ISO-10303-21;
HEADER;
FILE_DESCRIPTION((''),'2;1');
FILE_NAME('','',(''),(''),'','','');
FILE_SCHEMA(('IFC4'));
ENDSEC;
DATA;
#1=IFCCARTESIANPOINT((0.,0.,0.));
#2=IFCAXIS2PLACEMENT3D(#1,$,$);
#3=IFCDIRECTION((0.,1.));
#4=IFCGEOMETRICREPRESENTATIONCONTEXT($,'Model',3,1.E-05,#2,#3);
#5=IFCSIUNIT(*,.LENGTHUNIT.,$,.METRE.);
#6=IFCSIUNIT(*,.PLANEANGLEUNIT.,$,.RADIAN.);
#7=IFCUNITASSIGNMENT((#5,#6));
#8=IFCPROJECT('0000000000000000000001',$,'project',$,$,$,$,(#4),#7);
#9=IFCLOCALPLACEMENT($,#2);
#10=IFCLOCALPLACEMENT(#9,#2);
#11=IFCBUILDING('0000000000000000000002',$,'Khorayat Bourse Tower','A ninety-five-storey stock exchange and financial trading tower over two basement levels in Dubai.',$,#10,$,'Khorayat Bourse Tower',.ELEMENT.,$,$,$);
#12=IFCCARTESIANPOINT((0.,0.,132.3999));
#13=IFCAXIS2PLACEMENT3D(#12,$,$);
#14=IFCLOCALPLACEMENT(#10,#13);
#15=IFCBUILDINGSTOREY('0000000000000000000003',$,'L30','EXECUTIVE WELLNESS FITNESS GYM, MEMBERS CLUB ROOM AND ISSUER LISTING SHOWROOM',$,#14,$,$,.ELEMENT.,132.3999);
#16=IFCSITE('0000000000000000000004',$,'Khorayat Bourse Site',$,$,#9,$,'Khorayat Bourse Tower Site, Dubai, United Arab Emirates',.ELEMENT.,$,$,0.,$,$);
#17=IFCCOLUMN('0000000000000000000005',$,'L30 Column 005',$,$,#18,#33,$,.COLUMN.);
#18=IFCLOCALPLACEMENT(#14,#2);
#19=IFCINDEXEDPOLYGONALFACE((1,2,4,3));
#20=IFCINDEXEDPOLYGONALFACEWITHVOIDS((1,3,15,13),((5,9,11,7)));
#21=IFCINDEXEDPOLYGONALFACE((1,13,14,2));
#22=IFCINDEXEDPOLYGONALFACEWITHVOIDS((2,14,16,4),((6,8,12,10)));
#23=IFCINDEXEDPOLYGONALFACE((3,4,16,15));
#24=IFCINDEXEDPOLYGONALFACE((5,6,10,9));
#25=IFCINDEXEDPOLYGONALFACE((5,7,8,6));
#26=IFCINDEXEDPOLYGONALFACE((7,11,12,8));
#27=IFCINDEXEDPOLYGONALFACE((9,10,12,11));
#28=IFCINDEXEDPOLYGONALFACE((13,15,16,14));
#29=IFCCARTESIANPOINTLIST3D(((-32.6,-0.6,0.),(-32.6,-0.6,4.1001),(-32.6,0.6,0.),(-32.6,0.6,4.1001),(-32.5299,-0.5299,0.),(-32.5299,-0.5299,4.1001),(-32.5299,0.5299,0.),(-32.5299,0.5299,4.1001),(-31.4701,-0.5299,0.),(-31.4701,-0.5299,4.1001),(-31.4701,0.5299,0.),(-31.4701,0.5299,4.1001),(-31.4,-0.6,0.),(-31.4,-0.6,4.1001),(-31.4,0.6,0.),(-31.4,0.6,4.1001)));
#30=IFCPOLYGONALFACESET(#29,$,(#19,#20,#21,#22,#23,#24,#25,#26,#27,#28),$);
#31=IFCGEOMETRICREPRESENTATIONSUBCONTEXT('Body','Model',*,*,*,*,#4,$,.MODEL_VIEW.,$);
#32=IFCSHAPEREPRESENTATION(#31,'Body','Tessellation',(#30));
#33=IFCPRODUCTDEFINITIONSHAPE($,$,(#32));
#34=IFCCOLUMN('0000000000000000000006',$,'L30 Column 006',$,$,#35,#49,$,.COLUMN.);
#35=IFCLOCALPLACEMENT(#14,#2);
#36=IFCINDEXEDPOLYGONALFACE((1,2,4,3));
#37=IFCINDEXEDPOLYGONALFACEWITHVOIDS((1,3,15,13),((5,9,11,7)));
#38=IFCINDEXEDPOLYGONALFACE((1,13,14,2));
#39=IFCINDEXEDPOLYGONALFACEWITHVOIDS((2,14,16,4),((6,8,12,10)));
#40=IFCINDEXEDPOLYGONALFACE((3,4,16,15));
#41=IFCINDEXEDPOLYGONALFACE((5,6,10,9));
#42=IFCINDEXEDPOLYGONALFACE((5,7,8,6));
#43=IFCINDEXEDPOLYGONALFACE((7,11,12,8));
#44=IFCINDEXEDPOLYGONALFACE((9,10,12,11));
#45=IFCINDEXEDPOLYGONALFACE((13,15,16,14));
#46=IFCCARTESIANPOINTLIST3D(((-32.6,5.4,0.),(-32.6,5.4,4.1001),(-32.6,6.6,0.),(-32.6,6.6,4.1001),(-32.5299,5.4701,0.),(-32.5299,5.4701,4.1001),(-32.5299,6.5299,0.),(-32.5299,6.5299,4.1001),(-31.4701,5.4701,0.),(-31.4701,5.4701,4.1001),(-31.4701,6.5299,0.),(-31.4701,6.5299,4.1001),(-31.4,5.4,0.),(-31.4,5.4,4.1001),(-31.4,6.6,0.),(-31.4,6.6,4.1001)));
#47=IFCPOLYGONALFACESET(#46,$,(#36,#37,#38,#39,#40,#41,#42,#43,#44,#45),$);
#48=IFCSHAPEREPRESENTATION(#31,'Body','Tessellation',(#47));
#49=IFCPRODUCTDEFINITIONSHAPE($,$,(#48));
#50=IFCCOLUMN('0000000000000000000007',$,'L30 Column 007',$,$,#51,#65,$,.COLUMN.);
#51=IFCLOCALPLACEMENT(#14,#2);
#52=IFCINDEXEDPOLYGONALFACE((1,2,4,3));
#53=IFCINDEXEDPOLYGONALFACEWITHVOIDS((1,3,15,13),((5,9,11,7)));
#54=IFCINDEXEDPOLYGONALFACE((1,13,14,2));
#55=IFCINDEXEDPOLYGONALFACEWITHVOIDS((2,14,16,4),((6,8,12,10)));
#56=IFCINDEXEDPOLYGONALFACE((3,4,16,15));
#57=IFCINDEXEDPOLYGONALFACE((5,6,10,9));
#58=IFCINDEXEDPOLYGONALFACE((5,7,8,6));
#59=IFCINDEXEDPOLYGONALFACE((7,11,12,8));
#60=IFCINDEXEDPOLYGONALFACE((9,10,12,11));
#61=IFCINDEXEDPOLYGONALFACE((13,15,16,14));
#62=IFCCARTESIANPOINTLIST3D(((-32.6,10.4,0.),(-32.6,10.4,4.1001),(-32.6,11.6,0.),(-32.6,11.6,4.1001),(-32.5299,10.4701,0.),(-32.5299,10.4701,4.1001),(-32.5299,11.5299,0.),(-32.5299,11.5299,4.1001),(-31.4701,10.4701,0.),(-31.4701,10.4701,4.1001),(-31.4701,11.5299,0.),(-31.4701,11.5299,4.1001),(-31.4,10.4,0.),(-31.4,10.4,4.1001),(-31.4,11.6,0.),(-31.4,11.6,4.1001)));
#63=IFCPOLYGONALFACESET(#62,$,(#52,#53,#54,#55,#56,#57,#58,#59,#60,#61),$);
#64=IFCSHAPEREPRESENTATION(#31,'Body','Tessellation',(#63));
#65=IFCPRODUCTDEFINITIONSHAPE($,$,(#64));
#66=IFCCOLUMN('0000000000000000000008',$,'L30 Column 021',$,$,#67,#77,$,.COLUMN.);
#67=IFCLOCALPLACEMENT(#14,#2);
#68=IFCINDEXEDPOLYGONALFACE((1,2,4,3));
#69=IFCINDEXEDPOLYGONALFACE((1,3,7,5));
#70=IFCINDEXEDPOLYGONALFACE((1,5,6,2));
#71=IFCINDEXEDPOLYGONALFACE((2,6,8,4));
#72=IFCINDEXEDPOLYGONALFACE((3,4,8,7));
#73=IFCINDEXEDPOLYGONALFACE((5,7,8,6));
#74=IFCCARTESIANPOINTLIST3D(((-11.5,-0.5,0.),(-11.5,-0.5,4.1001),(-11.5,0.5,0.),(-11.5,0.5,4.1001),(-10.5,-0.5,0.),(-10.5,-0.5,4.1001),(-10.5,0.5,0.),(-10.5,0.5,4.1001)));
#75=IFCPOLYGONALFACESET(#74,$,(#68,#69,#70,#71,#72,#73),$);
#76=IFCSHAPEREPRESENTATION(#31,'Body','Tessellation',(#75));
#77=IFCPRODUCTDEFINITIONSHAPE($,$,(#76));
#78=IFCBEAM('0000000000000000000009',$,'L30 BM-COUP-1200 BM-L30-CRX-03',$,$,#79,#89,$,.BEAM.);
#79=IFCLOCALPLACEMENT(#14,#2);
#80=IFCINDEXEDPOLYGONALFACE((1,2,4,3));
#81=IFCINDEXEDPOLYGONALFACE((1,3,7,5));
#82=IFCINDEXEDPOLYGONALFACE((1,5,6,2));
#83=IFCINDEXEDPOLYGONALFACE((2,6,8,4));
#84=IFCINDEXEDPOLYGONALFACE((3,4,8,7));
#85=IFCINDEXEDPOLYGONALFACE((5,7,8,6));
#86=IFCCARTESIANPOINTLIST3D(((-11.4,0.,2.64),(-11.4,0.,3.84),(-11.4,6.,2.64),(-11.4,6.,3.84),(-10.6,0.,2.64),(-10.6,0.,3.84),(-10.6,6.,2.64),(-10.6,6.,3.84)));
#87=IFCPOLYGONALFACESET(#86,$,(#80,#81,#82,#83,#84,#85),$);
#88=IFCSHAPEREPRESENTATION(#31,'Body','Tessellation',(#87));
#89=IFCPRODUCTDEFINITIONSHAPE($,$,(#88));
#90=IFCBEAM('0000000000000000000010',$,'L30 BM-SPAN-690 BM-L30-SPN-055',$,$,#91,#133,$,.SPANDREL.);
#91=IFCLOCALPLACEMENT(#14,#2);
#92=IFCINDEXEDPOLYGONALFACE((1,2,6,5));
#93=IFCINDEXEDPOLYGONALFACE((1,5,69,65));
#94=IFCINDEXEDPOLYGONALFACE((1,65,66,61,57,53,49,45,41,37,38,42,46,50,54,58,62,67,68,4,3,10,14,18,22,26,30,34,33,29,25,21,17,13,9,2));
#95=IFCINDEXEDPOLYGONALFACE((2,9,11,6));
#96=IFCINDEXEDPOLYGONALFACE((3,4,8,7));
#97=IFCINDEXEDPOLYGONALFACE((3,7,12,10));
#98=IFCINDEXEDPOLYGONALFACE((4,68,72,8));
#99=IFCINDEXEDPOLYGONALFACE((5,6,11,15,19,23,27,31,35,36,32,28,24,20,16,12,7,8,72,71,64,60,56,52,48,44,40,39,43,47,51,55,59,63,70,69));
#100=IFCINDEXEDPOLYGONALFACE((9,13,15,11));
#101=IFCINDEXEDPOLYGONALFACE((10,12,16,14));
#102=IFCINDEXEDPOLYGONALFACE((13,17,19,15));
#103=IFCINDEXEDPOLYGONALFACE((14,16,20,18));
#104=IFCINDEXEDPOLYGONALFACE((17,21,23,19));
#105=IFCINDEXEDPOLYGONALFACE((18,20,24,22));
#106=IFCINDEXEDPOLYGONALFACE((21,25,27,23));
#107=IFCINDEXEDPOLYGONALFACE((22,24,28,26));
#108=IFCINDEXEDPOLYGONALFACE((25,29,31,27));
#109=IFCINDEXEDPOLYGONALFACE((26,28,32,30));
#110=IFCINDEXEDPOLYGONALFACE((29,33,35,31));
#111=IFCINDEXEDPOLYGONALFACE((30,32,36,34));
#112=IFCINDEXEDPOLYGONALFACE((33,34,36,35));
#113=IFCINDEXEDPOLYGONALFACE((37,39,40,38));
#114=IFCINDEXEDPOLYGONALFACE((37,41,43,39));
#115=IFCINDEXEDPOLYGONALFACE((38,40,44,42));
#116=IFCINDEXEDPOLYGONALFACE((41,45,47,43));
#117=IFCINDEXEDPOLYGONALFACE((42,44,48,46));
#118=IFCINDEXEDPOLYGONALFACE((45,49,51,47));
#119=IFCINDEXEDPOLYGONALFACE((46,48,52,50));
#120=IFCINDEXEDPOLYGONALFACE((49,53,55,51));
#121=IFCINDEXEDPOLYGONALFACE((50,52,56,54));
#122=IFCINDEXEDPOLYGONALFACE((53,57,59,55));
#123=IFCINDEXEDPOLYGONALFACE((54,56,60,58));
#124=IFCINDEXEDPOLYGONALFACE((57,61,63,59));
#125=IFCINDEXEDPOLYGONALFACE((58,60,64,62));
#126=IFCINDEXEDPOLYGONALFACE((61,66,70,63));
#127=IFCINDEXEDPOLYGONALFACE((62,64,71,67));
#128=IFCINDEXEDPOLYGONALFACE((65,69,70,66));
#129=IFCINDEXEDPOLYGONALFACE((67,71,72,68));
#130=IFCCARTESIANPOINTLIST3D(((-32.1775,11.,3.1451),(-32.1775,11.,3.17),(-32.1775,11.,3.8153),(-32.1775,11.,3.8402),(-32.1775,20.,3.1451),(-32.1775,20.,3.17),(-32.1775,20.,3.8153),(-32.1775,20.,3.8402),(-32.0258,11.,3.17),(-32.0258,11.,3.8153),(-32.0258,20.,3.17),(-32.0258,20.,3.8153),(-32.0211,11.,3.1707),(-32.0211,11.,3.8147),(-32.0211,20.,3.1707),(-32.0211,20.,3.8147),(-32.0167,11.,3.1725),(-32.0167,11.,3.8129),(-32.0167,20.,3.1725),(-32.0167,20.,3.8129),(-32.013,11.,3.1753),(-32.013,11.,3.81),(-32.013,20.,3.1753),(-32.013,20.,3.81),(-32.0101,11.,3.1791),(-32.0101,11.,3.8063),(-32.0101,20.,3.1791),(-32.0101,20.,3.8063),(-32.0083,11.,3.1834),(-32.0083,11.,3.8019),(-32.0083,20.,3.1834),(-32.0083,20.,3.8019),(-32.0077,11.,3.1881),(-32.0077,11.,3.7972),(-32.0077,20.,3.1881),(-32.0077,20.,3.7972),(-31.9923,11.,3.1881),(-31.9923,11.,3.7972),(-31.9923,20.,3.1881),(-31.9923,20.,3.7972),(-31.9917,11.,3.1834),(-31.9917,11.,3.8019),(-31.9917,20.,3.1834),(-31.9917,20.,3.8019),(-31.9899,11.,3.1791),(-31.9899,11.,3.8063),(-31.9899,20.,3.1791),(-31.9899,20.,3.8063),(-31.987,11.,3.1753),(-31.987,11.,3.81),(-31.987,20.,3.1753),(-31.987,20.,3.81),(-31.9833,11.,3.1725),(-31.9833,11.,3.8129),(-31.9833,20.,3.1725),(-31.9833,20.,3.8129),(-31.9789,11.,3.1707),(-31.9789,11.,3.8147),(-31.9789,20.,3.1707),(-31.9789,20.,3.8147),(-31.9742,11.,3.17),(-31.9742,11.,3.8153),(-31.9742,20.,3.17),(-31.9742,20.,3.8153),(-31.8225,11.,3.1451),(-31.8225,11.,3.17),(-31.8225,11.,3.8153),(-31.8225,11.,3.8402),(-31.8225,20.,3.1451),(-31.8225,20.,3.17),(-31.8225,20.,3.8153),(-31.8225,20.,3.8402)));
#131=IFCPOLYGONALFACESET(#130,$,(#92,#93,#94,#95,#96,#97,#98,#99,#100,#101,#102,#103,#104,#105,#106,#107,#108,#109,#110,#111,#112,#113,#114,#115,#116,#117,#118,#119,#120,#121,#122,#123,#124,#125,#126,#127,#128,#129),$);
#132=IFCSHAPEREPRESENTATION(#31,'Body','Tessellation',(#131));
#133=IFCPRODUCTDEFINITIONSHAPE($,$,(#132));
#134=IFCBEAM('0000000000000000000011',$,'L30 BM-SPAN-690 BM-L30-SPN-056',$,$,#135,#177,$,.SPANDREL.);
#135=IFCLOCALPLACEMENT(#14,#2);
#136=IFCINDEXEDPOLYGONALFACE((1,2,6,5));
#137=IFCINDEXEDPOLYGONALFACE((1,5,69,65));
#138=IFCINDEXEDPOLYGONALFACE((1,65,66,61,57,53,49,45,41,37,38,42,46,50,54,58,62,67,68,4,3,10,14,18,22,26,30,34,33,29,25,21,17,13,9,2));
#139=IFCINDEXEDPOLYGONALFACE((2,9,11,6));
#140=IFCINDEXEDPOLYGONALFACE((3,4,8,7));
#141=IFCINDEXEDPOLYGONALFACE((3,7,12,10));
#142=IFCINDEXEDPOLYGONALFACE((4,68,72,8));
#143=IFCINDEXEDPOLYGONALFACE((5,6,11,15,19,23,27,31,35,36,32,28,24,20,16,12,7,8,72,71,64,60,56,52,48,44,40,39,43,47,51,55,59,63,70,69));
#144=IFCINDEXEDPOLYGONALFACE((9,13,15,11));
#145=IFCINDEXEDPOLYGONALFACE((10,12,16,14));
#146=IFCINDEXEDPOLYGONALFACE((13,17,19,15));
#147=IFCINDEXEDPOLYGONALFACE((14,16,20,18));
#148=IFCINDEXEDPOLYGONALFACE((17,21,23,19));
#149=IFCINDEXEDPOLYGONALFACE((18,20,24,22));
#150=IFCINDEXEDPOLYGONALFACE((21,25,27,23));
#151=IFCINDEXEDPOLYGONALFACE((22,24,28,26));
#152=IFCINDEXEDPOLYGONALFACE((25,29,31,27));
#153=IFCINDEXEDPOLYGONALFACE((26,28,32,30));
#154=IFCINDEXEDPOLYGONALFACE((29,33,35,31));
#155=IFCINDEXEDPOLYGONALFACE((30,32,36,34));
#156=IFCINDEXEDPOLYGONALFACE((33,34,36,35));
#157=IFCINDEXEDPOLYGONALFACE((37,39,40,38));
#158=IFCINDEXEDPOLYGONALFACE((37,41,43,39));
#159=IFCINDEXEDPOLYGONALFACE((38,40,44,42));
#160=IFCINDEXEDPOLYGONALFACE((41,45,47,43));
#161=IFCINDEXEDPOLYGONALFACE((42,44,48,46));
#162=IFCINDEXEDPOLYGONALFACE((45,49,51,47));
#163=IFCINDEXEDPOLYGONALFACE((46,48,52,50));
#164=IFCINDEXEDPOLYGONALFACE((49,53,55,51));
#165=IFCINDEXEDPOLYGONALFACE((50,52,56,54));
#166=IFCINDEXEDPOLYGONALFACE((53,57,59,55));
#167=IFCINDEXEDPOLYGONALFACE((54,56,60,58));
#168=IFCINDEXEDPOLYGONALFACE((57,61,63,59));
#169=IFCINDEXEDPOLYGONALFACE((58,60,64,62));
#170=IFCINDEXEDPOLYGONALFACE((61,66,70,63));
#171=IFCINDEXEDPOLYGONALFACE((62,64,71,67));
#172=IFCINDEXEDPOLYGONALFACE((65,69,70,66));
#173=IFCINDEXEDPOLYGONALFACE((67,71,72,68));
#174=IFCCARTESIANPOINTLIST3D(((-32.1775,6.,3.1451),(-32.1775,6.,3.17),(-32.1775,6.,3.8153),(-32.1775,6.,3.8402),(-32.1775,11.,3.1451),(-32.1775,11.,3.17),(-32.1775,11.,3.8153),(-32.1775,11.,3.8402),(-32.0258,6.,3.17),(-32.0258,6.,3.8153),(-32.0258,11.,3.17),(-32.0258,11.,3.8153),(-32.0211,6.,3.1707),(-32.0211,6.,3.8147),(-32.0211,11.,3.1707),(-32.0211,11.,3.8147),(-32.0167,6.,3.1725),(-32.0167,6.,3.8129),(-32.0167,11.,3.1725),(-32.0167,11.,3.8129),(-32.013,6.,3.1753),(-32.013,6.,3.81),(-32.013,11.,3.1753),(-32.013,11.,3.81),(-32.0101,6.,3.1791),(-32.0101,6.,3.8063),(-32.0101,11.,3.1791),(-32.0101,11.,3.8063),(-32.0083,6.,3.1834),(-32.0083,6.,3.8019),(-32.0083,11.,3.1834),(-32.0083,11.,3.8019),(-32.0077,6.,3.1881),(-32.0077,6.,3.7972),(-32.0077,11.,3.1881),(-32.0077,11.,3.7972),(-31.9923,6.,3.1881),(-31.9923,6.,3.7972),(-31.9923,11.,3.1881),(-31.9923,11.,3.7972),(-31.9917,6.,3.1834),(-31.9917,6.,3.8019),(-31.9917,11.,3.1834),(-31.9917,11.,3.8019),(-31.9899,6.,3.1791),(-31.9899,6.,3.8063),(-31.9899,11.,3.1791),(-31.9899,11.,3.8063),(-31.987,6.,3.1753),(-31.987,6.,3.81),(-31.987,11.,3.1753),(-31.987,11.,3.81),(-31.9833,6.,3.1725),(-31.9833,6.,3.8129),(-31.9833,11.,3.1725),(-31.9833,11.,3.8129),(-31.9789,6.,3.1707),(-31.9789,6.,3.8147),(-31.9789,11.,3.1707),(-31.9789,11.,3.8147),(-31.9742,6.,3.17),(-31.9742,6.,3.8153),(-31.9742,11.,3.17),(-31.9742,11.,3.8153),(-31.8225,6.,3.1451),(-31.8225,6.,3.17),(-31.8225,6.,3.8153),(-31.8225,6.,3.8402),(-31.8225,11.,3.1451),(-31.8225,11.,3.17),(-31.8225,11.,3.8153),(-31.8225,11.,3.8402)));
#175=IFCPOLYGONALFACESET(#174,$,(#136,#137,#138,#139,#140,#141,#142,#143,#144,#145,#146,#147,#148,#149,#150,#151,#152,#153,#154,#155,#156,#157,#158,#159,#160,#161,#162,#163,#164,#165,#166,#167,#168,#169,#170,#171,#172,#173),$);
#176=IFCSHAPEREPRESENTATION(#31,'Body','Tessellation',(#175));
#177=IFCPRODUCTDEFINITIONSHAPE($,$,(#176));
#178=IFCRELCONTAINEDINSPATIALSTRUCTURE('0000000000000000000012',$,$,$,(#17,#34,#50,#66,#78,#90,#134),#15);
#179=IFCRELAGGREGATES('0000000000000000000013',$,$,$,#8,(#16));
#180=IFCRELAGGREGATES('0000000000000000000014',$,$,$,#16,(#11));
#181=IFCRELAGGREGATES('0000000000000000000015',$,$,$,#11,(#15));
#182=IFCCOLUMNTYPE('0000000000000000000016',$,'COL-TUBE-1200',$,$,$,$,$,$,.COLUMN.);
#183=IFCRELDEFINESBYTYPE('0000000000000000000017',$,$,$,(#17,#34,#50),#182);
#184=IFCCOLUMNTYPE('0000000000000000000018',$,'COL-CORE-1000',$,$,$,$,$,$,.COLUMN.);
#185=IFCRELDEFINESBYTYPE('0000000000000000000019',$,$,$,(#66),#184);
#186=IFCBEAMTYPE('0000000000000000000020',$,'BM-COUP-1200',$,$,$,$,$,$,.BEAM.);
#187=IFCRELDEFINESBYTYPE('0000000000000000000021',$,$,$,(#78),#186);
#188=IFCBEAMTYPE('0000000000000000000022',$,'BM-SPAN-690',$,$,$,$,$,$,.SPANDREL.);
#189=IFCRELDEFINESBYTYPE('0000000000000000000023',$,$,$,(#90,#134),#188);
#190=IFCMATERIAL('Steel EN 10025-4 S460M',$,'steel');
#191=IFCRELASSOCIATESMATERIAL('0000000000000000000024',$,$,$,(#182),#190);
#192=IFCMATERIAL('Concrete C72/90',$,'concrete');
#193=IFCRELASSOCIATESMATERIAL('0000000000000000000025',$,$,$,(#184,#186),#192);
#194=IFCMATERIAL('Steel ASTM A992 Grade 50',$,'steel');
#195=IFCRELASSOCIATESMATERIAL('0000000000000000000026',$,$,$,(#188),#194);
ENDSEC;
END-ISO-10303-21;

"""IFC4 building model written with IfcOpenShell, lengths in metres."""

from ifc_helpers import new_model, si_unit, direction, frame, origin, origin_2d, place, context, subcontext, project, spatial, rectangle, hollow_rectangle, i_section, extrude, source, transform, mapped, material, material_profile, profile_set, type_object, element, save


model = new_model("IFC4")

# Units and contexts
model_context = context("Model", 3, precision=1e-05, world=origin(), true_north=direction((0.0, 1.0)))
body_context = subcontext(model_context, "Body", "Model", "MODEL_VIEW")
ifc_project = project(units=[si_unit("LENGTHUNIT", "METRE"), si_unit("PLANEANGLEUNIT", "RADIAN")], contexts=[model_context])

# Site, building, storey
site_placement = place(None, origin())
site = spatial("IfcSite", under=ifc_project, at=site_placement, Name="Khorayat Bourse Site", LongName="Khorayat Bourse Tower Site, Dubai, United Arab Emirates", CompositionType="ELEMENT", RefElevation=0.0)
building_placement = place(site_placement, origin())
building = spatial("IfcBuilding", under=site, at=building_placement, Name="Khorayat Bourse Tower", Description="A ninety-five-storey stock exchange and financial trading tower over two basement levels in Dubai.", LongName="Khorayat Bourse Tower", CompositionType="ELEMENT")
storey_placement = place(building_placement, frame((0.0, 0.0, 132.3999)))
storey = spatial("IfcBuildingStorey", under=building, at=storey_placement, Name="L30", Description="EXECUTIVE WELLNESS FITNESS GYM, MEMBERS CLUB ROOM AND ISSUER LISTING SHOWROOM", CompositionType="ELEMENT", Elevation=132.3999)

# Columns
ifc_material_1 = material(Name="Steel EN 10025-4 S460M", Category="steel")
ifc_material_profile_1 = material_profile(ifc_material_1, hollow_rectangle(XDim=1.2, YDim=1.2, WallThickness=0.0701, at=origin_2d()), Name="BOX 1200x1200x70")
ifc_profile_set_1 = profile_set([ifc_material_profile_1], Name="Steel EN 10025-4 S460M")
column_type_1 = type_object("IfcColumnType", Name="COL-TUBE-1200", PredefinedType="COLUMN", material=ifc_profile_set_1)
shared_shape_1 = source(origin(), body_context, "Body", "SweptSolid", [
    extrude(hollow_rectangle(XDim=1.2, YDim=1.2, WallThickness=0.0701, at=origin_2d()), origin(), (0.0, 0.0, 1.0), 4.1001),
])
for number, where, z_axis, x_axis, name in (
    (1, (-32.0, 0.0, 0.0), (0.0, 0.0, 1.0), (1.0, 0.0, 0.0), "L30 Column 005"),
    (2, (-32.0, 6.0, 0.0), (0.0, 0.0, 1.0), (1.0, 0.0, 0.0), "L30 Column 006"),
    (3, (-32.0, 11.0, 0.0), (0.0, 0.0, 1.0), (1.0, 0.0, 0.0), "L30 Column 007"),
):
    element("IfcColumn", number, at=place(storey_placement, frame(where, z_axis=z_axis, x_axis=x_axis)), inside=storey, type_object=column_type_1, Name=name, PredefinedType="COLUMN", context=body_context, shape_type="MappedRepresentation", body=[
        mapped(shared_shape_1, transform((0.0, 0.0, 0.0), scale=1.0)),
    ])
ifc_material_2 = material(Name="Concrete C72/90", Category="concrete")
ifc_material_profile_2 = material_profile(ifc_material_2, rectangle(XDim=1.0, YDim=1.0, at=origin_2d()), Name="RC 1000x1000")
ifc_profile_set_2 = profile_set([ifc_material_profile_2], Name="Concrete C72/90")
column_type_2 = type_object("IfcColumnType", Name="COL-CORE-1000", PredefinedType="COLUMN", material=ifc_profile_set_2)
shared_shape_2 = source(origin(), body_context, "Body", "SweptSolid", [
    extrude(rectangle(XDim=1.0, YDim=1.0, at=origin_2d()), origin(), (0.0, 0.0, 1.0), 4.1001),
])
column_placement = place(storey_placement, frame((-11.0, 0.0, 0.0), z_axis=(0.0, 0.0, 1.0), x_axis=(1.0, 0.0, 0.0)))
element("IfcColumn", 4, at=column_placement, inside=storey, type_object=column_type_2, Name="L30 Column 021", PredefinedType="COLUMN", context=body_context, shape_type="MappedRepresentation", body=[
    mapped(shared_shape_2, transform((0.0, 0.0, 0.0), scale=1.0)),
])

# Beams
ifc_material_profile_3 = material_profile(ifc_material_2, rectangle(XDim=0.8, YDim=1.2, at=origin_2d()), Name="RC 800x1200")
ifc_profile_set_3 = profile_set([ifc_material_profile_3], Name="Concrete C72/90")
beam_type_1 = type_object("IfcBeamType", Name="BM-COUP-1200", PredefinedType="BEAM", material=ifc_profile_set_3)
shared_shape_3 = source(origin(), body_context, "Body", "SweptSolid", [
    extrude(rectangle(XDim=0.8, YDim=1.2, at=origin_2d()), origin(), (0.0, 0.0, 1.0), 6.0),
])
beam_1_placement = place(storey_placement, frame((-11.0, 0.0, 3.24), z_axis=(0.0, 1.0, 0.0), x_axis=(-1.0, 0.0, 0.0)))
element("IfcBeam", 5, at=beam_1_placement, inside=storey, type_object=beam_type_1, Name="L30 BM-COUP-1200 BM-L30-CRX-03", PredefinedType="BEAM", context=body_context, shape_type="MappedRepresentation", body=[
    mapped(shared_shape_3, transform((0.0, 0.0, 0.0), scale=1.0)),
])
ifc_material_3 = material(Name="Steel ASTM A992 Grade 50", Category="steel")
ifc_material_profile_4 = material_profile(ifc_material_3, i_section(OverallWidth=0.355, OverallDepth=0.6951, WebThickness=0.0154, FlangeThickness=0.0249, FilletRadius=0.0181, at=origin_2d()), Name="W690X217")
ifc_profile_set_4 = profile_set([ifc_material_profile_4], Name="Steel ASTM A992 Grade 50")
beam_type_2 = type_object("IfcBeamType", Name="BM-SPAN-690", PredefinedType="SPANDREL", material=ifc_profile_set_4)
shared_shape_4 = source(origin(), body_context, "Body", "SweptSolid", [
    extrude(i_section(OverallWidth=0.355, OverallDepth=0.6951, WebThickness=0.0154, FlangeThickness=0.0249, FilletRadius=0.0181, at=origin_2d()), origin(), (0.0, 0.0, 1.0), 9.0),
])
beam_2_placement = place(storey_placement, frame((-32.0, 11.0, 3.4927), z_axis=(0.0, 1.0, 0.0), x_axis=(-1.0, 0.0, 0.0)))
element("IfcBeam", 6, at=beam_2_placement, inside=storey, type_object=beam_type_2, Name="L30 BM-SPAN-690 BM-L30-SPN-055", PredefinedType="SPANDREL", context=body_context, shape_type="MappedRepresentation", body=[
    mapped(shared_shape_4, transform((0.0, 0.0, 0.0), scale=1.0)),
])
shared_shape_5 = source(origin(), body_context, "Body", "SweptSolid", [
    extrude(i_section(OverallWidth=0.355, OverallDepth=0.6951, WebThickness=0.0154, FlangeThickness=0.0249, FilletRadius=0.0181, at=origin_2d()), origin(), (0.0, 0.0, 1.0), 5.0),
])
beam_3_placement = place(storey_placement, frame((-32.0, 6.0, 3.4927), z_axis=(0.0, 1.0, 0.0), x_axis=(-1.0, 0.0, 0.0)))
element("IfcBeam", 7, at=beam_3_placement, inside=storey, type_object=beam_type_2, Name="L30 BM-SPAN-690 BM-L30-SPN-056", PredefinedType="SPANDREL", context=body_context, shape_type="MappedRepresentation", body=[
    mapped(shared_shape_5, transform((0.0, 0.0, 0.0), scale=1.0)),
])

save(model, "model.ifc")
